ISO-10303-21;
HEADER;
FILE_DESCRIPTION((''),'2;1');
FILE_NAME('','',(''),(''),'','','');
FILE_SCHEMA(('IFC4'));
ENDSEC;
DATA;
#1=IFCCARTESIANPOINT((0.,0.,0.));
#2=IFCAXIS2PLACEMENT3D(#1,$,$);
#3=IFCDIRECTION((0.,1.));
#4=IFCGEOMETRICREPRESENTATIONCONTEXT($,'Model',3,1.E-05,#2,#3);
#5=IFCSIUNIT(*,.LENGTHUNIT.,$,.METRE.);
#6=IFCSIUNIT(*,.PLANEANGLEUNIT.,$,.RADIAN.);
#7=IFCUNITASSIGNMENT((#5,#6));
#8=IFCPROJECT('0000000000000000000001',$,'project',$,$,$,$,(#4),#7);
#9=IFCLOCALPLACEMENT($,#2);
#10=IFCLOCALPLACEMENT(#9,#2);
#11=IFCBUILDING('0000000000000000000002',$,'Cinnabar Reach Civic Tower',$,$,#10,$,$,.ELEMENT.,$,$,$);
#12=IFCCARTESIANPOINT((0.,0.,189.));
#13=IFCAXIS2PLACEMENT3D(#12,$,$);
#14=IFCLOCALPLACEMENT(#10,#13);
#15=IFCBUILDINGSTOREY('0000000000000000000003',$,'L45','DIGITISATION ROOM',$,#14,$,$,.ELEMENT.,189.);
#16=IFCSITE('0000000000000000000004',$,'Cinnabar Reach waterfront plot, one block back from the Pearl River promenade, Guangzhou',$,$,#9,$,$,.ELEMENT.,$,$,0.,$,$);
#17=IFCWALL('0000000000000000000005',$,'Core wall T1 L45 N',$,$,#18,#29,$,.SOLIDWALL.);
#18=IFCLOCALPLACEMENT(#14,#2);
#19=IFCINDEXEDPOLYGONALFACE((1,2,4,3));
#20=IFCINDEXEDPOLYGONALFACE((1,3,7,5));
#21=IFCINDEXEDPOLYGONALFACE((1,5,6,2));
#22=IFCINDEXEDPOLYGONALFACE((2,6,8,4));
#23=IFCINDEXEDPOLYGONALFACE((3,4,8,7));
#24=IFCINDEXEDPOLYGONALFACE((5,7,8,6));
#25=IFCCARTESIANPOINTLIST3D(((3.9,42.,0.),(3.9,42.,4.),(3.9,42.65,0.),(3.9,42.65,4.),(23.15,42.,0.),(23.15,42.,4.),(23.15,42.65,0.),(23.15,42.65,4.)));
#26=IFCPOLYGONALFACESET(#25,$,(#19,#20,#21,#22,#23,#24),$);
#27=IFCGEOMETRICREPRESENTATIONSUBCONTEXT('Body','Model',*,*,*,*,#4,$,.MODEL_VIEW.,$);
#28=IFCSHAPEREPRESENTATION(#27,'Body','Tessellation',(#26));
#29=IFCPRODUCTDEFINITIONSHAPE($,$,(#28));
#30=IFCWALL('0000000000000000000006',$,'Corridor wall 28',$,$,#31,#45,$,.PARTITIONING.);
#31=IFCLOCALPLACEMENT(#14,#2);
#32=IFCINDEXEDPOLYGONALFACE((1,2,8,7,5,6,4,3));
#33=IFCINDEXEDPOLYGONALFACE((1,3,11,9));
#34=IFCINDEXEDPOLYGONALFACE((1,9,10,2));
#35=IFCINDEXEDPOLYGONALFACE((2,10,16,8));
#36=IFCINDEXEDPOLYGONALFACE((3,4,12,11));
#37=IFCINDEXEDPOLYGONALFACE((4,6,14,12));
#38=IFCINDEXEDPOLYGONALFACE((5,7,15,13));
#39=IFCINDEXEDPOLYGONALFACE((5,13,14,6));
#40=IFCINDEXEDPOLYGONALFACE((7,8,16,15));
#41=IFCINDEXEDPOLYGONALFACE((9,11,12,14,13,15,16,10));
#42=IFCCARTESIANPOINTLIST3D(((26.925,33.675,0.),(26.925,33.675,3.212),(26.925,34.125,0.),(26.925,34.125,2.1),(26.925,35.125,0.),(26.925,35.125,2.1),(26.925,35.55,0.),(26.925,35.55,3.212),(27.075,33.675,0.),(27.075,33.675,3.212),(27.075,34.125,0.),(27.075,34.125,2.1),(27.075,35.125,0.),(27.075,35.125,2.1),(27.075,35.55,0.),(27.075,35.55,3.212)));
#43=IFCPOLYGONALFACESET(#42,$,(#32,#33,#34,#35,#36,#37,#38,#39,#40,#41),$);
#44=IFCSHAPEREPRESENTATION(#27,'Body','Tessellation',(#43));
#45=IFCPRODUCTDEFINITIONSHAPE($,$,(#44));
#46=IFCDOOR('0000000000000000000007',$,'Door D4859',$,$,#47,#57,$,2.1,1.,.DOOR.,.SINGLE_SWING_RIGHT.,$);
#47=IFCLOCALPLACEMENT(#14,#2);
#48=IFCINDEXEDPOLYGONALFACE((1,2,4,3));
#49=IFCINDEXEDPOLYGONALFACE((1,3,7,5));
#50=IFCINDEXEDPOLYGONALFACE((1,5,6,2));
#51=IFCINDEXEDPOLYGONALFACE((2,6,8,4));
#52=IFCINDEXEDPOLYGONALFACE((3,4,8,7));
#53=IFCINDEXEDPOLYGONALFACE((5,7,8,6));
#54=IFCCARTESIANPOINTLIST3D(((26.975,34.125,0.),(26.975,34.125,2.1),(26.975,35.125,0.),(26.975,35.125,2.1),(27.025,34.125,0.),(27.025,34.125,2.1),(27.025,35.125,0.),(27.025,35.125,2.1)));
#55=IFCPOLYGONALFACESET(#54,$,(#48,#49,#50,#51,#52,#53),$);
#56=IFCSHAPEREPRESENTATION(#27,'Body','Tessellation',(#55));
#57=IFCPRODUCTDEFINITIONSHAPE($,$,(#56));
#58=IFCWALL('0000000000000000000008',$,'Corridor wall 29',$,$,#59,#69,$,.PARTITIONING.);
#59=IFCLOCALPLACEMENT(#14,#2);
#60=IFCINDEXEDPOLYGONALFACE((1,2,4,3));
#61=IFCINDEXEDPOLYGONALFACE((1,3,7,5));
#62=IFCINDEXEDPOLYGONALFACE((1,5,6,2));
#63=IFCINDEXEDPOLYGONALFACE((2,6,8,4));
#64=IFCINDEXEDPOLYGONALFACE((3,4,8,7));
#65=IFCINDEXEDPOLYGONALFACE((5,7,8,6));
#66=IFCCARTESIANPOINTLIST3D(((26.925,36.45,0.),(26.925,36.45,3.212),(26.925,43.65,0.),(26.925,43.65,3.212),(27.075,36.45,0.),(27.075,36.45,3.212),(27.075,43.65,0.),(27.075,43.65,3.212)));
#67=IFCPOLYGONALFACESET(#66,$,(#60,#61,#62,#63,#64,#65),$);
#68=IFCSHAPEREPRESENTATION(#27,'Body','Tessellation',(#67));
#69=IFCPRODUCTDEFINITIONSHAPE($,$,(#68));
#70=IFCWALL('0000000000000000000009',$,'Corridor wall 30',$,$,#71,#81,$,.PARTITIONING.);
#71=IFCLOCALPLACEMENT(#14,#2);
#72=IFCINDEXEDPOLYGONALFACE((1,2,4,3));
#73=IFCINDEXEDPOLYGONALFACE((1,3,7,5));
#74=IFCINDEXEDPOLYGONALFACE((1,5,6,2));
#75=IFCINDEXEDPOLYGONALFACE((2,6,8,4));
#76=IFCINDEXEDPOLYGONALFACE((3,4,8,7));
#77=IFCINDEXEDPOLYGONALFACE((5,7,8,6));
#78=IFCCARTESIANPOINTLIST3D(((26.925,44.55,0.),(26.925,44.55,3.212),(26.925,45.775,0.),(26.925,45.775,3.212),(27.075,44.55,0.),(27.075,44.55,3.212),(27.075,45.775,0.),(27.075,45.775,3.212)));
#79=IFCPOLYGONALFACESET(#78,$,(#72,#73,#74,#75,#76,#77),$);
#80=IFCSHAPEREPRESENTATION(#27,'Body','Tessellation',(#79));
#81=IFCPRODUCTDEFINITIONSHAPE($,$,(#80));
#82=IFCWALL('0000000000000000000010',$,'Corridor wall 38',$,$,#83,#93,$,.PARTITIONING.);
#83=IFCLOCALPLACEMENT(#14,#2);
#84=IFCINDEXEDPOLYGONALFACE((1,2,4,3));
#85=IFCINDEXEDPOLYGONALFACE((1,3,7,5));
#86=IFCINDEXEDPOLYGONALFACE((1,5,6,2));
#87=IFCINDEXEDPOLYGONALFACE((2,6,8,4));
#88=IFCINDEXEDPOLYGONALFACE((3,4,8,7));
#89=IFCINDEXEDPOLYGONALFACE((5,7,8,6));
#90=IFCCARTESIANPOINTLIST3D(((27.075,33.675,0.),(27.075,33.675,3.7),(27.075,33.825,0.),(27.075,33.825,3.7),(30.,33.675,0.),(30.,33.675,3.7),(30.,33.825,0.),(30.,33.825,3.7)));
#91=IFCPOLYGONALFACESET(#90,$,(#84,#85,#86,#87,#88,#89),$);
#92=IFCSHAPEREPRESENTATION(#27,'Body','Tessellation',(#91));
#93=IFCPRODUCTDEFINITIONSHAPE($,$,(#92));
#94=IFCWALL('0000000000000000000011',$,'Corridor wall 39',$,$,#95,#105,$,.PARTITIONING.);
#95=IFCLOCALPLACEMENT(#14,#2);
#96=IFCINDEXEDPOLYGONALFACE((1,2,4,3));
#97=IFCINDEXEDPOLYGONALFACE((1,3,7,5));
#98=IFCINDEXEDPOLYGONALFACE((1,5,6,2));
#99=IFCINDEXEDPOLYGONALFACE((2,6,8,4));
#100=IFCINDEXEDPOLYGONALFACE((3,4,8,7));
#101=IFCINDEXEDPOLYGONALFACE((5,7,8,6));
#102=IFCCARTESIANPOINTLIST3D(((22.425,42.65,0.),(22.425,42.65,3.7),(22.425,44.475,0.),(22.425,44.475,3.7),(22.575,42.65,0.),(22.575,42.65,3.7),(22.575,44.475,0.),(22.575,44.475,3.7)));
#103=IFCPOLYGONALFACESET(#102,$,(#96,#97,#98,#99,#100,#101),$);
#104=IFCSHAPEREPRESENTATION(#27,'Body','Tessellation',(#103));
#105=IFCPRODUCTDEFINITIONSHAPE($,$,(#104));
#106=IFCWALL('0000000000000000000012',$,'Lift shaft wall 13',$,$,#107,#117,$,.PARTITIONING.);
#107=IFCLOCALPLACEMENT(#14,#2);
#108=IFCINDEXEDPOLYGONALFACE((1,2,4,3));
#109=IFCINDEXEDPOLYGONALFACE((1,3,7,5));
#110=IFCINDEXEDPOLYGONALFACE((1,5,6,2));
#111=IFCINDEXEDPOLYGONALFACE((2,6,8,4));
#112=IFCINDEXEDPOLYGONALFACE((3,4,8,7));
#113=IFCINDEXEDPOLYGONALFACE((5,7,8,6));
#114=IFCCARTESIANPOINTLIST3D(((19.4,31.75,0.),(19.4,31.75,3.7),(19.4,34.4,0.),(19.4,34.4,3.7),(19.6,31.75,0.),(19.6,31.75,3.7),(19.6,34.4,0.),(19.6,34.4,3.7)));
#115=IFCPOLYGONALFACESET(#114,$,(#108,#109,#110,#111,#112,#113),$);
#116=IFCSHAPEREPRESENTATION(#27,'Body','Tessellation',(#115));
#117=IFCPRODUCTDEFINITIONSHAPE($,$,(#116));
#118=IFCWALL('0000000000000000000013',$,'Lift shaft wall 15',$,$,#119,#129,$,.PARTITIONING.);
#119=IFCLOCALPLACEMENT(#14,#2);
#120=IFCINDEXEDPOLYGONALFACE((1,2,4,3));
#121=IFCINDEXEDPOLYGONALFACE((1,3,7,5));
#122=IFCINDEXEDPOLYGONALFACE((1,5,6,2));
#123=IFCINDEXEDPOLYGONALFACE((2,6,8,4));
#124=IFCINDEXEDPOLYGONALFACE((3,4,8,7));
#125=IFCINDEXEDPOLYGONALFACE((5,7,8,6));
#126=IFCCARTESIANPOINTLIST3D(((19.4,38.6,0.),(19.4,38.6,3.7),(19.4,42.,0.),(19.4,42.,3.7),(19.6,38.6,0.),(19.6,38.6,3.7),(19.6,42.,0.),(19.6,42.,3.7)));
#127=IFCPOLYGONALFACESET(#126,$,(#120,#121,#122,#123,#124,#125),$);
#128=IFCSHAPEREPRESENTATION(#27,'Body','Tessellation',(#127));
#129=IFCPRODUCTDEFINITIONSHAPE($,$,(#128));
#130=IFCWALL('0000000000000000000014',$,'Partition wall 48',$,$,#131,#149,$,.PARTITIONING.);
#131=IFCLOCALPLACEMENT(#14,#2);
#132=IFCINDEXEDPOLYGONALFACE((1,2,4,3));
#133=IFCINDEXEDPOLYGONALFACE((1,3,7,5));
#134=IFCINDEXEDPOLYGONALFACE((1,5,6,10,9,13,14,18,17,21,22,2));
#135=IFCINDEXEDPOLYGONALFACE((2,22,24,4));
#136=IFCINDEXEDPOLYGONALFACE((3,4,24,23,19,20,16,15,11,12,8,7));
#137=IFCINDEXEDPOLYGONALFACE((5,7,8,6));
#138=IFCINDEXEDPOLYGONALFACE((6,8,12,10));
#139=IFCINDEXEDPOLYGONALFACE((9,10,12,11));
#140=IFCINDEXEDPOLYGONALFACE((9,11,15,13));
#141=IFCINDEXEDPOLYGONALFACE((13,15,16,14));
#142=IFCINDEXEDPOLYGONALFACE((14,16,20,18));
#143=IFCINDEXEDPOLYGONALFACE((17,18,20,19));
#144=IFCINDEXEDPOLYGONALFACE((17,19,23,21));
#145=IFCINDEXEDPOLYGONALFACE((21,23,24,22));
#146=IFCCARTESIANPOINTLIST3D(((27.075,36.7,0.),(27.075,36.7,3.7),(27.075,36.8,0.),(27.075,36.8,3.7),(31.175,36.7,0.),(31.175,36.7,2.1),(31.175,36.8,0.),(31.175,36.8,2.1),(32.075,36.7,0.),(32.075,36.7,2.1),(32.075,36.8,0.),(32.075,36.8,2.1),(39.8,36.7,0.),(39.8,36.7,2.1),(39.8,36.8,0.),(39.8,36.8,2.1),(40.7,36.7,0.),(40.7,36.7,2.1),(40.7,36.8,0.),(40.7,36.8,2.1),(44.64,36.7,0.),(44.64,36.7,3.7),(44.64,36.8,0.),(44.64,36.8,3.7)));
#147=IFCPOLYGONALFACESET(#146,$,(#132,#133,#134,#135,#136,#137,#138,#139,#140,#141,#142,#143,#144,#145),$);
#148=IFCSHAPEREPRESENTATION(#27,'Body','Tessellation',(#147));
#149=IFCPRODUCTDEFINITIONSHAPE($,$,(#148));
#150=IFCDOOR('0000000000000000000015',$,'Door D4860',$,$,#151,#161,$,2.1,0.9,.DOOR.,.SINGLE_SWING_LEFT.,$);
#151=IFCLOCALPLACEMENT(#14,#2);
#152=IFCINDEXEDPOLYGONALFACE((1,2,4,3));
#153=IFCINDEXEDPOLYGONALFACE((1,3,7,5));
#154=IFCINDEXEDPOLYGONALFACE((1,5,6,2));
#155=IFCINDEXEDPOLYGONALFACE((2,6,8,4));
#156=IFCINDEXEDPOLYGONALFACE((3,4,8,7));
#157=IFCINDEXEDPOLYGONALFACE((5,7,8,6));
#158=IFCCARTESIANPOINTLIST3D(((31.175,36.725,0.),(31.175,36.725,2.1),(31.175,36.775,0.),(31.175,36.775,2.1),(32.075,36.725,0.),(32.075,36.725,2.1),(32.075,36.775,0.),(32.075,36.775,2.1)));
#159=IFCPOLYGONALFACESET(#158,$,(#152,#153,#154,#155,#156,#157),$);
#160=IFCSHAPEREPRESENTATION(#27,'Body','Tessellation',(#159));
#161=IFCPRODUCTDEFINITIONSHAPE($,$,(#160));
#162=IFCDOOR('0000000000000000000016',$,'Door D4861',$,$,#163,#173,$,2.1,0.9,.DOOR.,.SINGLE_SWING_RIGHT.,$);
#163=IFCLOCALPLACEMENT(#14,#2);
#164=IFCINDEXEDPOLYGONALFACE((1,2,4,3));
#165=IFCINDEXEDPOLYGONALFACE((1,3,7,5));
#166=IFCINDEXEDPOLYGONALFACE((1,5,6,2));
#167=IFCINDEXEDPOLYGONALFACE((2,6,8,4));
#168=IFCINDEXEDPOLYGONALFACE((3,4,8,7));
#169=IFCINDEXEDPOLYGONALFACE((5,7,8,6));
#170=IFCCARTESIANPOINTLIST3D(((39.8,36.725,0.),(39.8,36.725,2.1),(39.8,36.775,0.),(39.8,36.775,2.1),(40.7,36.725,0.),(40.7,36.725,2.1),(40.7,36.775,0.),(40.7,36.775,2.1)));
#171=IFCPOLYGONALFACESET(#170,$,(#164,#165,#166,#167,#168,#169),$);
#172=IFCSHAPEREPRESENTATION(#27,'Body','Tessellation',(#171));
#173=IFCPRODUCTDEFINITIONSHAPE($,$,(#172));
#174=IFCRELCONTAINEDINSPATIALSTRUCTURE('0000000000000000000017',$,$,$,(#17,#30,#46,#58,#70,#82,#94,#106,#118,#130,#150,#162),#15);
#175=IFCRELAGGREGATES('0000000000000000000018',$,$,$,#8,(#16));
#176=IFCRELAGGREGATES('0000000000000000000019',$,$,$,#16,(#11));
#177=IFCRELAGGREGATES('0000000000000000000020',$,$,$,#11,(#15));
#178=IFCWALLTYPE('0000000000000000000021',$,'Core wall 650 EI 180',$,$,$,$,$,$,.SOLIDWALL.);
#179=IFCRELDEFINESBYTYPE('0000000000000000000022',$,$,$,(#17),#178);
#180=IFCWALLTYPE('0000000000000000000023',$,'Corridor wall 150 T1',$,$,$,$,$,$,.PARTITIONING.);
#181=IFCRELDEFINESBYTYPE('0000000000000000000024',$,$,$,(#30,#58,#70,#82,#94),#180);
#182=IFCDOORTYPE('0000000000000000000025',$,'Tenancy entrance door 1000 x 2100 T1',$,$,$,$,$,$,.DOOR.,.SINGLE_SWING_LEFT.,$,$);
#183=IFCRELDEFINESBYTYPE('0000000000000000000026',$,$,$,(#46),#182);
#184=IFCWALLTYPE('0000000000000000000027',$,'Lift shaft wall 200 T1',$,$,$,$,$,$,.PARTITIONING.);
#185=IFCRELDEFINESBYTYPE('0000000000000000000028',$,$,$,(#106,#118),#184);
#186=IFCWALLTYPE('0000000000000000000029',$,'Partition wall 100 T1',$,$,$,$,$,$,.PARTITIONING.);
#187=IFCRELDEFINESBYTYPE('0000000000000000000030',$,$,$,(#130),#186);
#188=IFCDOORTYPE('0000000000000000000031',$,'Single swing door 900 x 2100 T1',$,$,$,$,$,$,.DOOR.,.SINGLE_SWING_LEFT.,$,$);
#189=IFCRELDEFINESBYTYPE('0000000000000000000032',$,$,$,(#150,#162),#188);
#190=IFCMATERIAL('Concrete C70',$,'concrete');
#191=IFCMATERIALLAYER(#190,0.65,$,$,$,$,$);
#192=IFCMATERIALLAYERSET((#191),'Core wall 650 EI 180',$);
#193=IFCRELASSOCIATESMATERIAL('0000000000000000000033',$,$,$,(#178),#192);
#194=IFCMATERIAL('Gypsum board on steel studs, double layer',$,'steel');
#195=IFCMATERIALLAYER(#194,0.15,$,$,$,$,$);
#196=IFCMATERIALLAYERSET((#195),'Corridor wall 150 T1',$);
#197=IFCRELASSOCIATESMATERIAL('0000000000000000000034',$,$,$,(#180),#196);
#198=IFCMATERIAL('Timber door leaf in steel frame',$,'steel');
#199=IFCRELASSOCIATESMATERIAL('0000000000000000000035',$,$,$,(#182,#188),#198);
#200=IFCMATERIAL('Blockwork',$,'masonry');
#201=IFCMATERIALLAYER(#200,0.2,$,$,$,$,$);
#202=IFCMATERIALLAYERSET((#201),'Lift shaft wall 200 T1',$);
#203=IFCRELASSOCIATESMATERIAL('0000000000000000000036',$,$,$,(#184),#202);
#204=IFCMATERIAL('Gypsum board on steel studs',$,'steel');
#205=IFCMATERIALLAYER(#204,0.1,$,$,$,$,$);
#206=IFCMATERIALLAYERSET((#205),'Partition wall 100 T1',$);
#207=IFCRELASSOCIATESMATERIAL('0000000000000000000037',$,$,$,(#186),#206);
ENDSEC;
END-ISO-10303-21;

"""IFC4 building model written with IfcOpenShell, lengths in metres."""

from ifc_helpers import new_model, si_unit, direction, frame, frame_2d, origin, place, context, subcontext, project, spatial, rectangle, extrude, material, layer, layer_set, type_object, element, fill, save


model = new_model("IFC4")

# Units and contexts
model_context = context("Model", 3, precision=1e-05, world=origin(), true_north=direction((0.0, 1.0)))
body_context = subcontext(model_context, "Body", "Model", "MODEL_VIEW")
ifc_project = project(units=[si_unit("LENGTHUNIT", "METRE"), si_unit("PLANEANGLEUNIT", "RADIAN")], contexts=[model_context])

# Site, building, storey
site_placement = place(None, origin())
site = spatial("IfcSite", under=ifc_project, at=site_placement, Name="Cinnabar Reach waterfront plot, one block back from the Pearl River promenade, Guangzhou", CompositionType="ELEMENT", RefElevation=0.0)
building_placement = place(site_placement, origin())
building = spatial("IfcBuilding", under=site, at=building_placement, Name="Cinnabar Reach Civic Tower", CompositionType="ELEMENT")
storey_placement = place(building_placement, frame((0.0, 0.0, 189.0)))
storey = spatial("IfcBuildingStorey", under=building, at=storey_placement, Name="L45", Description="DIGITISATION ROOM", CompositionType="ELEMENT", Elevation=189.0)

# Shared definitions
ifc_material_1 = material(Name="Concrete C70", Category="concrete")

# Wall
ifc_layer_1 = layer(ifc_material_1, 0.65)
ifc_layer_set_1 = layer_set([ifc_layer_1], Name="Core wall 650 EI 180")
wall_type_1 = type_object("IfcWallType", Name="Core wall 650 EI 180", PredefinedType="SOLIDWALL", material=ifc_layer_set_1)
wall_1_placement = place(storey_placement, frame((23.15, 42.325, 0.0), z_axis=(0.0, 0.0, 1.0), x_axis=(-1.0, 0.0, 0.0)))
element("IfcWall", 1, at=wall_1_placement, inside=storey, type_object=wall_type_1, Name="Core wall T1 L45 N", PredefinedType="SOLIDWALL", context=body_context, shape_type="SweptSolid", body=[
    extrude(rectangle(XDim=19.25, YDim=0.65, at=frame_2d((9.625, 0.0))), origin(), (0.0, 0.0, 1.0), 4.0),
])

# Wall, opening, door
ifc_material_2 = material(Name="Gypsum board on steel studs, double layer", Category="steel")
ifc_layer_2 = layer(ifc_material_2, 0.15)
ifc_layer_set_2 = layer_set([ifc_layer_2], Name="Corridor wall 150 T1")
wall_type_2 = type_object("IfcWallType", Name="Corridor wall 150 T1", PredefinedType="PARTITIONING", material=ifc_layer_set_2)
wall_2_placement = place(storey_placement, frame((27.0, 33.675, 0.0), z_axis=(0.0, 0.0, 1.0), x_axis=(0.0, 1.0, 0.0)))
wall_2 = element("IfcWall", 2, at=wall_2_placement, inside=storey, type_object=wall_type_2, Name="Corridor wall 28", PredefinedType="PARTITIONING", context=body_context, shape_type="SweptSolid", body=[
    extrude(rectangle(XDim=1.875, YDim=0.15, at=frame_2d((0.9375, 0.0))), origin(), (0.0, 0.0, 1.0), 3.212),
])
opening_1_placement = place(wall_2_placement, frame((0.45, 0.0, 0.0)))
opening_1 = element("IfcOpeningElement", 3, at=opening_1_placement, cuts=wall_2, PredefinedType="OPENING", context=body_context, shape_type="SweptSolid", body=[
    extrude(rectangle(XDim=1.0, YDim=2.1, at=frame_2d((0.5, 1.05))), frame((0.0, 0.085, 0.0), z_axis=(0.0, -1.0, 0.0), x_axis=(1.0, 0.0, 0.0)), (0.0, 0.0, 1.0), 0.17),
])
ifc_material_3 = material(Name="Timber door leaf in steel frame", Category="steel")
door_type_1 = type_object("IfcDoorType", Name="Tenancy entrance door 1000 x 2100 T1", OperationType="SINGLE_SWING_LEFT", PredefinedType="DOOR", material=ifc_material_3)
door_1_placement = place(opening_1_placement, frame((1.0, 0.0, 0.0), z_axis=(0.0, 0.0, 1.0), x_axis=(-1.0, 0.0, 0.0)))
door_1 = element("IfcDoor", 4, at=door_1_placement, inside=storey, type_object=door_type_1, Name="Door D4859", OperationType="SINGLE_SWING_RIGHT", OverallHeight=2.1, OverallWidth=1.0, PredefinedType="DOOR", context=body_context, shape_type="SweptSolid", body=[
    extrude(rectangle(XDim=1.0, YDim=2.1, at=frame_2d((0.5, 1.05))), frame((0.0, 0.025, 0.0), z_axis=(0.0, -1.0, 0.0), x_axis=(1.0, 0.0, 0.0)), (0.0, 0.0, 1.0), 0.05),
])
fill(opening_1, door_1)

# Walls
wall_3_placement = place(storey_placement, frame((27.0, 36.45, 0.0), z_axis=(0.0, 0.0, 1.0), x_axis=(0.0, 1.0, 0.0)))
element("IfcWall", 5, at=wall_3_placement, inside=storey, type_object=wall_type_2, Name="Corridor wall 29", PredefinedType="PARTITIONING", context=body_context, shape_type="SweptSolid", body=[
    extrude(rectangle(XDim=7.2, YDim=0.15, at=frame_2d((3.6, 0.0))), origin(), (0.0, 0.0, 1.0), 3.212),
])
wall_4_placement = place(storey_placement, frame((27.0, 44.55, 0.0), z_axis=(0.0, 0.0, 1.0), x_axis=(0.0, 1.0, 0.0)))
element("IfcWall", 6, at=wall_4_placement, inside=storey, type_object=wall_type_2, Name="Corridor wall 30", PredefinedType="PARTITIONING", context=body_context, shape_type="SweptSolid", body=[
    extrude(rectangle(XDim=1.225, YDim=0.15, at=frame_2d((0.6125, 0.0))), origin(), (0.0, 0.0, 1.0), 3.212),
])
wall_5_placement = place(storey_placement, frame((27.075, 33.75, 0.0), z_axis=(0.0, 0.0, 1.0), x_axis=(1.0, 0.0, 0.0)))
element("IfcWall", 7, at=wall_5_placement, inside=storey, type_object=wall_type_2, Name="Corridor wall 38", PredefinedType="PARTITIONING", context=body_context, shape_type="SweptSolid", body=[
    extrude(rectangle(XDim=2.925, YDim=0.15, at=frame_2d((1.4625, 0.0))), origin(), (0.0, 0.0, 1.0), 3.7),
])
wall_6_placement = place(storey_placement, frame((22.5, 42.65, 0.0), z_axis=(0.0, 0.0, 1.0), x_axis=(0.0, 1.0, 0.0)))
element("IfcWall", 8, at=wall_6_placement, inside=storey, type_object=wall_type_2, Name="Corridor wall 39", PredefinedType="PARTITIONING", context=body_context, shape_type="SweptSolid", body=[
    extrude(rectangle(XDim=1.825, YDim=0.15, at=frame_2d((0.9125, 0.0))), origin(), (0.0, 0.0, 1.0), 3.7),
])
ifc_material_4 = material(Name="Blockwork", Category="masonry")
ifc_layer_3 = layer(ifc_material_4, 0.2)
ifc_layer_set_3 = layer_set([ifc_layer_3], Name="Lift shaft wall 200 T1")
wall_type_3 = type_object("IfcWallType", Name="Lift shaft wall 200 T1", PredefinedType="PARTITIONING", material=ifc_layer_set_3)
wall_7_placement = place(storey_placement, frame((19.5, 31.75, 0.0), z_axis=(0.0, 0.0, 1.0), x_axis=(0.0, 1.0, 0.0)))
element("IfcWall", 9, at=wall_7_placement, inside=storey, type_object=wall_type_3, Name="Lift shaft wall 13", PredefinedType="PARTITIONING", context=body_context, shape_type="SweptSolid", body=[
    extrude(rectangle(XDim=2.65, YDim=0.2, at=frame_2d((1.325, 0.0))), origin(), (0.0, 0.0, 1.0), 3.7),
])
wall_8_placement = place(storey_placement, frame((19.5, 38.6, 0.0), z_axis=(0.0, 0.0, 1.0), x_axis=(0.0, 1.0, 0.0)))
element("IfcWall", 10, at=wall_8_placement, inside=storey, type_object=wall_type_3, Name="Lift shaft wall 15", PredefinedType="PARTITIONING", context=body_context, shape_type="SweptSolid", body=[
    extrude(rectangle(XDim=3.4, YDim=0.2, at=frame_2d((1.7, 0.0))), origin(), (0.0, 0.0, 1.0), 3.7),
])

# Wall, openings, doors
ifc_material_5 = material(Name="Gypsum board on steel studs", Category="steel")
ifc_layer_4 = layer(ifc_material_5, 0.1)
ifc_layer_set_4 = layer_set([ifc_layer_4], Name="Partition wall 100 T1")
wall_type_4 = type_object("IfcWallType", Name="Partition wall 100 T1", PredefinedType="PARTITIONING", material=ifc_layer_set_4)
wall_9_placement = place(storey_placement, frame((27.075, 36.75, 0.0), z_axis=(0.0, 0.0, 1.0), x_axis=(1.0, 0.0, 0.0)))
wall_9 = element("IfcWall", 11, at=wall_9_placement, inside=storey, type_object=wall_type_4, Name="Partition wall 48", PredefinedType="PARTITIONING", context=body_context, shape_type="SweptSolid", body=[
    extrude(rectangle(XDim=17.565, YDim=0.1, at=frame_2d((8.7825, 0.0))), origin(), (0.0, 0.0, 1.0), 3.7),
])
opening_2_placement = place(wall_9_placement, frame((4.1, 0.0, 0.0)))
opening_2 = element("IfcOpeningElement", 12, at=opening_2_placement, cuts=wall_9, PredefinedType="OPENING", context=body_context, shape_type="SweptSolid", body=[
    extrude(rectangle(XDim=0.9, YDim=2.1, at=frame_2d((0.45, 1.05))), frame((0.0, 0.06, 0.0), z_axis=(0.0, -1.0, 0.0), x_axis=(1.0, 0.0, 0.0)), (0.0, 0.0, 1.0), 0.12),
])
opening_3_placement = place(wall_9_placement, frame((12.725, 0.0, 0.0)))
opening_3 = element("IfcOpeningElement", 13, at=opening_3_placement, cuts=wall_9, PredefinedType="OPENING", context=body_context, shape_type="SweptSolid", body=[
    extrude(rectangle(XDim=0.9, YDim=2.1, at=frame_2d((0.45, 1.05))), frame((0.0, 0.06, 0.0), z_axis=(0.0, -1.0, 0.0), x_axis=(1.0, 0.0, 0.0)), (0.0, 0.0, 1.0), 0.12),
])
door_type_2 = type_object("IfcDoorType", Name="Single swing door 900 x 2100 T1", OperationType="SINGLE_SWING_LEFT", PredefinedType="DOOR", material=ifc_material_3)
door_2_placement = place(opening_2_placement, frame((0.9, 0.0, 0.0), z_axis=(0.0, 0.0, 1.0), x_axis=(-1.0, 0.0, 0.0)))
door_2 = element("IfcDoor", 14, at=door_2_placement, inside=storey, type_object=door_type_2, Name="Door D4860", OperationType="SINGLE_SWING_LEFT", OverallHeight=2.1, OverallWidth=0.9, PredefinedType="DOOR", context=body_context, shape_type="SweptSolid", body=[
    extrude(rectangle(XDim=0.9, YDim=2.1, at=frame_2d((0.45, 1.05))), frame((0.0, 0.025, 0.0), z_axis=(0.0, -1.0, 0.0), x_axis=(1.0, 0.0, 0.0)), (0.0, 0.0, 1.0), 0.05),
])
fill(opening_2, door_2)
door_3_placement = place(opening_3_placement, frame((0.9, 0.0, 0.0), z_axis=(0.0, 0.0, 1.0), x_axis=(-1.0, 0.0, 0.0)))
door_3 = element("IfcDoor", 15, at=door_3_placement, inside=storey, type_object=door_type_2, Name="Door D4861", OperationType="SINGLE_SWING_RIGHT", OverallHeight=2.1, OverallWidth=0.9, PredefinedType="DOOR", context=body_context, shape_type="SweptSolid", body=[
    extrude(rectangle(XDim=0.9, YDim=2.1, at=frame_2d((0.45, 1.05))), frame((0.0, 0.025, 0.0), z_axis=(0.0, -1.0, 0.0), x_axis=(1.0, 0.0, 0.0)), (0.0, 0.0, 1.0), 0.05),
])
fill(opening_3, door_3)

save(model, "model.ifc")
